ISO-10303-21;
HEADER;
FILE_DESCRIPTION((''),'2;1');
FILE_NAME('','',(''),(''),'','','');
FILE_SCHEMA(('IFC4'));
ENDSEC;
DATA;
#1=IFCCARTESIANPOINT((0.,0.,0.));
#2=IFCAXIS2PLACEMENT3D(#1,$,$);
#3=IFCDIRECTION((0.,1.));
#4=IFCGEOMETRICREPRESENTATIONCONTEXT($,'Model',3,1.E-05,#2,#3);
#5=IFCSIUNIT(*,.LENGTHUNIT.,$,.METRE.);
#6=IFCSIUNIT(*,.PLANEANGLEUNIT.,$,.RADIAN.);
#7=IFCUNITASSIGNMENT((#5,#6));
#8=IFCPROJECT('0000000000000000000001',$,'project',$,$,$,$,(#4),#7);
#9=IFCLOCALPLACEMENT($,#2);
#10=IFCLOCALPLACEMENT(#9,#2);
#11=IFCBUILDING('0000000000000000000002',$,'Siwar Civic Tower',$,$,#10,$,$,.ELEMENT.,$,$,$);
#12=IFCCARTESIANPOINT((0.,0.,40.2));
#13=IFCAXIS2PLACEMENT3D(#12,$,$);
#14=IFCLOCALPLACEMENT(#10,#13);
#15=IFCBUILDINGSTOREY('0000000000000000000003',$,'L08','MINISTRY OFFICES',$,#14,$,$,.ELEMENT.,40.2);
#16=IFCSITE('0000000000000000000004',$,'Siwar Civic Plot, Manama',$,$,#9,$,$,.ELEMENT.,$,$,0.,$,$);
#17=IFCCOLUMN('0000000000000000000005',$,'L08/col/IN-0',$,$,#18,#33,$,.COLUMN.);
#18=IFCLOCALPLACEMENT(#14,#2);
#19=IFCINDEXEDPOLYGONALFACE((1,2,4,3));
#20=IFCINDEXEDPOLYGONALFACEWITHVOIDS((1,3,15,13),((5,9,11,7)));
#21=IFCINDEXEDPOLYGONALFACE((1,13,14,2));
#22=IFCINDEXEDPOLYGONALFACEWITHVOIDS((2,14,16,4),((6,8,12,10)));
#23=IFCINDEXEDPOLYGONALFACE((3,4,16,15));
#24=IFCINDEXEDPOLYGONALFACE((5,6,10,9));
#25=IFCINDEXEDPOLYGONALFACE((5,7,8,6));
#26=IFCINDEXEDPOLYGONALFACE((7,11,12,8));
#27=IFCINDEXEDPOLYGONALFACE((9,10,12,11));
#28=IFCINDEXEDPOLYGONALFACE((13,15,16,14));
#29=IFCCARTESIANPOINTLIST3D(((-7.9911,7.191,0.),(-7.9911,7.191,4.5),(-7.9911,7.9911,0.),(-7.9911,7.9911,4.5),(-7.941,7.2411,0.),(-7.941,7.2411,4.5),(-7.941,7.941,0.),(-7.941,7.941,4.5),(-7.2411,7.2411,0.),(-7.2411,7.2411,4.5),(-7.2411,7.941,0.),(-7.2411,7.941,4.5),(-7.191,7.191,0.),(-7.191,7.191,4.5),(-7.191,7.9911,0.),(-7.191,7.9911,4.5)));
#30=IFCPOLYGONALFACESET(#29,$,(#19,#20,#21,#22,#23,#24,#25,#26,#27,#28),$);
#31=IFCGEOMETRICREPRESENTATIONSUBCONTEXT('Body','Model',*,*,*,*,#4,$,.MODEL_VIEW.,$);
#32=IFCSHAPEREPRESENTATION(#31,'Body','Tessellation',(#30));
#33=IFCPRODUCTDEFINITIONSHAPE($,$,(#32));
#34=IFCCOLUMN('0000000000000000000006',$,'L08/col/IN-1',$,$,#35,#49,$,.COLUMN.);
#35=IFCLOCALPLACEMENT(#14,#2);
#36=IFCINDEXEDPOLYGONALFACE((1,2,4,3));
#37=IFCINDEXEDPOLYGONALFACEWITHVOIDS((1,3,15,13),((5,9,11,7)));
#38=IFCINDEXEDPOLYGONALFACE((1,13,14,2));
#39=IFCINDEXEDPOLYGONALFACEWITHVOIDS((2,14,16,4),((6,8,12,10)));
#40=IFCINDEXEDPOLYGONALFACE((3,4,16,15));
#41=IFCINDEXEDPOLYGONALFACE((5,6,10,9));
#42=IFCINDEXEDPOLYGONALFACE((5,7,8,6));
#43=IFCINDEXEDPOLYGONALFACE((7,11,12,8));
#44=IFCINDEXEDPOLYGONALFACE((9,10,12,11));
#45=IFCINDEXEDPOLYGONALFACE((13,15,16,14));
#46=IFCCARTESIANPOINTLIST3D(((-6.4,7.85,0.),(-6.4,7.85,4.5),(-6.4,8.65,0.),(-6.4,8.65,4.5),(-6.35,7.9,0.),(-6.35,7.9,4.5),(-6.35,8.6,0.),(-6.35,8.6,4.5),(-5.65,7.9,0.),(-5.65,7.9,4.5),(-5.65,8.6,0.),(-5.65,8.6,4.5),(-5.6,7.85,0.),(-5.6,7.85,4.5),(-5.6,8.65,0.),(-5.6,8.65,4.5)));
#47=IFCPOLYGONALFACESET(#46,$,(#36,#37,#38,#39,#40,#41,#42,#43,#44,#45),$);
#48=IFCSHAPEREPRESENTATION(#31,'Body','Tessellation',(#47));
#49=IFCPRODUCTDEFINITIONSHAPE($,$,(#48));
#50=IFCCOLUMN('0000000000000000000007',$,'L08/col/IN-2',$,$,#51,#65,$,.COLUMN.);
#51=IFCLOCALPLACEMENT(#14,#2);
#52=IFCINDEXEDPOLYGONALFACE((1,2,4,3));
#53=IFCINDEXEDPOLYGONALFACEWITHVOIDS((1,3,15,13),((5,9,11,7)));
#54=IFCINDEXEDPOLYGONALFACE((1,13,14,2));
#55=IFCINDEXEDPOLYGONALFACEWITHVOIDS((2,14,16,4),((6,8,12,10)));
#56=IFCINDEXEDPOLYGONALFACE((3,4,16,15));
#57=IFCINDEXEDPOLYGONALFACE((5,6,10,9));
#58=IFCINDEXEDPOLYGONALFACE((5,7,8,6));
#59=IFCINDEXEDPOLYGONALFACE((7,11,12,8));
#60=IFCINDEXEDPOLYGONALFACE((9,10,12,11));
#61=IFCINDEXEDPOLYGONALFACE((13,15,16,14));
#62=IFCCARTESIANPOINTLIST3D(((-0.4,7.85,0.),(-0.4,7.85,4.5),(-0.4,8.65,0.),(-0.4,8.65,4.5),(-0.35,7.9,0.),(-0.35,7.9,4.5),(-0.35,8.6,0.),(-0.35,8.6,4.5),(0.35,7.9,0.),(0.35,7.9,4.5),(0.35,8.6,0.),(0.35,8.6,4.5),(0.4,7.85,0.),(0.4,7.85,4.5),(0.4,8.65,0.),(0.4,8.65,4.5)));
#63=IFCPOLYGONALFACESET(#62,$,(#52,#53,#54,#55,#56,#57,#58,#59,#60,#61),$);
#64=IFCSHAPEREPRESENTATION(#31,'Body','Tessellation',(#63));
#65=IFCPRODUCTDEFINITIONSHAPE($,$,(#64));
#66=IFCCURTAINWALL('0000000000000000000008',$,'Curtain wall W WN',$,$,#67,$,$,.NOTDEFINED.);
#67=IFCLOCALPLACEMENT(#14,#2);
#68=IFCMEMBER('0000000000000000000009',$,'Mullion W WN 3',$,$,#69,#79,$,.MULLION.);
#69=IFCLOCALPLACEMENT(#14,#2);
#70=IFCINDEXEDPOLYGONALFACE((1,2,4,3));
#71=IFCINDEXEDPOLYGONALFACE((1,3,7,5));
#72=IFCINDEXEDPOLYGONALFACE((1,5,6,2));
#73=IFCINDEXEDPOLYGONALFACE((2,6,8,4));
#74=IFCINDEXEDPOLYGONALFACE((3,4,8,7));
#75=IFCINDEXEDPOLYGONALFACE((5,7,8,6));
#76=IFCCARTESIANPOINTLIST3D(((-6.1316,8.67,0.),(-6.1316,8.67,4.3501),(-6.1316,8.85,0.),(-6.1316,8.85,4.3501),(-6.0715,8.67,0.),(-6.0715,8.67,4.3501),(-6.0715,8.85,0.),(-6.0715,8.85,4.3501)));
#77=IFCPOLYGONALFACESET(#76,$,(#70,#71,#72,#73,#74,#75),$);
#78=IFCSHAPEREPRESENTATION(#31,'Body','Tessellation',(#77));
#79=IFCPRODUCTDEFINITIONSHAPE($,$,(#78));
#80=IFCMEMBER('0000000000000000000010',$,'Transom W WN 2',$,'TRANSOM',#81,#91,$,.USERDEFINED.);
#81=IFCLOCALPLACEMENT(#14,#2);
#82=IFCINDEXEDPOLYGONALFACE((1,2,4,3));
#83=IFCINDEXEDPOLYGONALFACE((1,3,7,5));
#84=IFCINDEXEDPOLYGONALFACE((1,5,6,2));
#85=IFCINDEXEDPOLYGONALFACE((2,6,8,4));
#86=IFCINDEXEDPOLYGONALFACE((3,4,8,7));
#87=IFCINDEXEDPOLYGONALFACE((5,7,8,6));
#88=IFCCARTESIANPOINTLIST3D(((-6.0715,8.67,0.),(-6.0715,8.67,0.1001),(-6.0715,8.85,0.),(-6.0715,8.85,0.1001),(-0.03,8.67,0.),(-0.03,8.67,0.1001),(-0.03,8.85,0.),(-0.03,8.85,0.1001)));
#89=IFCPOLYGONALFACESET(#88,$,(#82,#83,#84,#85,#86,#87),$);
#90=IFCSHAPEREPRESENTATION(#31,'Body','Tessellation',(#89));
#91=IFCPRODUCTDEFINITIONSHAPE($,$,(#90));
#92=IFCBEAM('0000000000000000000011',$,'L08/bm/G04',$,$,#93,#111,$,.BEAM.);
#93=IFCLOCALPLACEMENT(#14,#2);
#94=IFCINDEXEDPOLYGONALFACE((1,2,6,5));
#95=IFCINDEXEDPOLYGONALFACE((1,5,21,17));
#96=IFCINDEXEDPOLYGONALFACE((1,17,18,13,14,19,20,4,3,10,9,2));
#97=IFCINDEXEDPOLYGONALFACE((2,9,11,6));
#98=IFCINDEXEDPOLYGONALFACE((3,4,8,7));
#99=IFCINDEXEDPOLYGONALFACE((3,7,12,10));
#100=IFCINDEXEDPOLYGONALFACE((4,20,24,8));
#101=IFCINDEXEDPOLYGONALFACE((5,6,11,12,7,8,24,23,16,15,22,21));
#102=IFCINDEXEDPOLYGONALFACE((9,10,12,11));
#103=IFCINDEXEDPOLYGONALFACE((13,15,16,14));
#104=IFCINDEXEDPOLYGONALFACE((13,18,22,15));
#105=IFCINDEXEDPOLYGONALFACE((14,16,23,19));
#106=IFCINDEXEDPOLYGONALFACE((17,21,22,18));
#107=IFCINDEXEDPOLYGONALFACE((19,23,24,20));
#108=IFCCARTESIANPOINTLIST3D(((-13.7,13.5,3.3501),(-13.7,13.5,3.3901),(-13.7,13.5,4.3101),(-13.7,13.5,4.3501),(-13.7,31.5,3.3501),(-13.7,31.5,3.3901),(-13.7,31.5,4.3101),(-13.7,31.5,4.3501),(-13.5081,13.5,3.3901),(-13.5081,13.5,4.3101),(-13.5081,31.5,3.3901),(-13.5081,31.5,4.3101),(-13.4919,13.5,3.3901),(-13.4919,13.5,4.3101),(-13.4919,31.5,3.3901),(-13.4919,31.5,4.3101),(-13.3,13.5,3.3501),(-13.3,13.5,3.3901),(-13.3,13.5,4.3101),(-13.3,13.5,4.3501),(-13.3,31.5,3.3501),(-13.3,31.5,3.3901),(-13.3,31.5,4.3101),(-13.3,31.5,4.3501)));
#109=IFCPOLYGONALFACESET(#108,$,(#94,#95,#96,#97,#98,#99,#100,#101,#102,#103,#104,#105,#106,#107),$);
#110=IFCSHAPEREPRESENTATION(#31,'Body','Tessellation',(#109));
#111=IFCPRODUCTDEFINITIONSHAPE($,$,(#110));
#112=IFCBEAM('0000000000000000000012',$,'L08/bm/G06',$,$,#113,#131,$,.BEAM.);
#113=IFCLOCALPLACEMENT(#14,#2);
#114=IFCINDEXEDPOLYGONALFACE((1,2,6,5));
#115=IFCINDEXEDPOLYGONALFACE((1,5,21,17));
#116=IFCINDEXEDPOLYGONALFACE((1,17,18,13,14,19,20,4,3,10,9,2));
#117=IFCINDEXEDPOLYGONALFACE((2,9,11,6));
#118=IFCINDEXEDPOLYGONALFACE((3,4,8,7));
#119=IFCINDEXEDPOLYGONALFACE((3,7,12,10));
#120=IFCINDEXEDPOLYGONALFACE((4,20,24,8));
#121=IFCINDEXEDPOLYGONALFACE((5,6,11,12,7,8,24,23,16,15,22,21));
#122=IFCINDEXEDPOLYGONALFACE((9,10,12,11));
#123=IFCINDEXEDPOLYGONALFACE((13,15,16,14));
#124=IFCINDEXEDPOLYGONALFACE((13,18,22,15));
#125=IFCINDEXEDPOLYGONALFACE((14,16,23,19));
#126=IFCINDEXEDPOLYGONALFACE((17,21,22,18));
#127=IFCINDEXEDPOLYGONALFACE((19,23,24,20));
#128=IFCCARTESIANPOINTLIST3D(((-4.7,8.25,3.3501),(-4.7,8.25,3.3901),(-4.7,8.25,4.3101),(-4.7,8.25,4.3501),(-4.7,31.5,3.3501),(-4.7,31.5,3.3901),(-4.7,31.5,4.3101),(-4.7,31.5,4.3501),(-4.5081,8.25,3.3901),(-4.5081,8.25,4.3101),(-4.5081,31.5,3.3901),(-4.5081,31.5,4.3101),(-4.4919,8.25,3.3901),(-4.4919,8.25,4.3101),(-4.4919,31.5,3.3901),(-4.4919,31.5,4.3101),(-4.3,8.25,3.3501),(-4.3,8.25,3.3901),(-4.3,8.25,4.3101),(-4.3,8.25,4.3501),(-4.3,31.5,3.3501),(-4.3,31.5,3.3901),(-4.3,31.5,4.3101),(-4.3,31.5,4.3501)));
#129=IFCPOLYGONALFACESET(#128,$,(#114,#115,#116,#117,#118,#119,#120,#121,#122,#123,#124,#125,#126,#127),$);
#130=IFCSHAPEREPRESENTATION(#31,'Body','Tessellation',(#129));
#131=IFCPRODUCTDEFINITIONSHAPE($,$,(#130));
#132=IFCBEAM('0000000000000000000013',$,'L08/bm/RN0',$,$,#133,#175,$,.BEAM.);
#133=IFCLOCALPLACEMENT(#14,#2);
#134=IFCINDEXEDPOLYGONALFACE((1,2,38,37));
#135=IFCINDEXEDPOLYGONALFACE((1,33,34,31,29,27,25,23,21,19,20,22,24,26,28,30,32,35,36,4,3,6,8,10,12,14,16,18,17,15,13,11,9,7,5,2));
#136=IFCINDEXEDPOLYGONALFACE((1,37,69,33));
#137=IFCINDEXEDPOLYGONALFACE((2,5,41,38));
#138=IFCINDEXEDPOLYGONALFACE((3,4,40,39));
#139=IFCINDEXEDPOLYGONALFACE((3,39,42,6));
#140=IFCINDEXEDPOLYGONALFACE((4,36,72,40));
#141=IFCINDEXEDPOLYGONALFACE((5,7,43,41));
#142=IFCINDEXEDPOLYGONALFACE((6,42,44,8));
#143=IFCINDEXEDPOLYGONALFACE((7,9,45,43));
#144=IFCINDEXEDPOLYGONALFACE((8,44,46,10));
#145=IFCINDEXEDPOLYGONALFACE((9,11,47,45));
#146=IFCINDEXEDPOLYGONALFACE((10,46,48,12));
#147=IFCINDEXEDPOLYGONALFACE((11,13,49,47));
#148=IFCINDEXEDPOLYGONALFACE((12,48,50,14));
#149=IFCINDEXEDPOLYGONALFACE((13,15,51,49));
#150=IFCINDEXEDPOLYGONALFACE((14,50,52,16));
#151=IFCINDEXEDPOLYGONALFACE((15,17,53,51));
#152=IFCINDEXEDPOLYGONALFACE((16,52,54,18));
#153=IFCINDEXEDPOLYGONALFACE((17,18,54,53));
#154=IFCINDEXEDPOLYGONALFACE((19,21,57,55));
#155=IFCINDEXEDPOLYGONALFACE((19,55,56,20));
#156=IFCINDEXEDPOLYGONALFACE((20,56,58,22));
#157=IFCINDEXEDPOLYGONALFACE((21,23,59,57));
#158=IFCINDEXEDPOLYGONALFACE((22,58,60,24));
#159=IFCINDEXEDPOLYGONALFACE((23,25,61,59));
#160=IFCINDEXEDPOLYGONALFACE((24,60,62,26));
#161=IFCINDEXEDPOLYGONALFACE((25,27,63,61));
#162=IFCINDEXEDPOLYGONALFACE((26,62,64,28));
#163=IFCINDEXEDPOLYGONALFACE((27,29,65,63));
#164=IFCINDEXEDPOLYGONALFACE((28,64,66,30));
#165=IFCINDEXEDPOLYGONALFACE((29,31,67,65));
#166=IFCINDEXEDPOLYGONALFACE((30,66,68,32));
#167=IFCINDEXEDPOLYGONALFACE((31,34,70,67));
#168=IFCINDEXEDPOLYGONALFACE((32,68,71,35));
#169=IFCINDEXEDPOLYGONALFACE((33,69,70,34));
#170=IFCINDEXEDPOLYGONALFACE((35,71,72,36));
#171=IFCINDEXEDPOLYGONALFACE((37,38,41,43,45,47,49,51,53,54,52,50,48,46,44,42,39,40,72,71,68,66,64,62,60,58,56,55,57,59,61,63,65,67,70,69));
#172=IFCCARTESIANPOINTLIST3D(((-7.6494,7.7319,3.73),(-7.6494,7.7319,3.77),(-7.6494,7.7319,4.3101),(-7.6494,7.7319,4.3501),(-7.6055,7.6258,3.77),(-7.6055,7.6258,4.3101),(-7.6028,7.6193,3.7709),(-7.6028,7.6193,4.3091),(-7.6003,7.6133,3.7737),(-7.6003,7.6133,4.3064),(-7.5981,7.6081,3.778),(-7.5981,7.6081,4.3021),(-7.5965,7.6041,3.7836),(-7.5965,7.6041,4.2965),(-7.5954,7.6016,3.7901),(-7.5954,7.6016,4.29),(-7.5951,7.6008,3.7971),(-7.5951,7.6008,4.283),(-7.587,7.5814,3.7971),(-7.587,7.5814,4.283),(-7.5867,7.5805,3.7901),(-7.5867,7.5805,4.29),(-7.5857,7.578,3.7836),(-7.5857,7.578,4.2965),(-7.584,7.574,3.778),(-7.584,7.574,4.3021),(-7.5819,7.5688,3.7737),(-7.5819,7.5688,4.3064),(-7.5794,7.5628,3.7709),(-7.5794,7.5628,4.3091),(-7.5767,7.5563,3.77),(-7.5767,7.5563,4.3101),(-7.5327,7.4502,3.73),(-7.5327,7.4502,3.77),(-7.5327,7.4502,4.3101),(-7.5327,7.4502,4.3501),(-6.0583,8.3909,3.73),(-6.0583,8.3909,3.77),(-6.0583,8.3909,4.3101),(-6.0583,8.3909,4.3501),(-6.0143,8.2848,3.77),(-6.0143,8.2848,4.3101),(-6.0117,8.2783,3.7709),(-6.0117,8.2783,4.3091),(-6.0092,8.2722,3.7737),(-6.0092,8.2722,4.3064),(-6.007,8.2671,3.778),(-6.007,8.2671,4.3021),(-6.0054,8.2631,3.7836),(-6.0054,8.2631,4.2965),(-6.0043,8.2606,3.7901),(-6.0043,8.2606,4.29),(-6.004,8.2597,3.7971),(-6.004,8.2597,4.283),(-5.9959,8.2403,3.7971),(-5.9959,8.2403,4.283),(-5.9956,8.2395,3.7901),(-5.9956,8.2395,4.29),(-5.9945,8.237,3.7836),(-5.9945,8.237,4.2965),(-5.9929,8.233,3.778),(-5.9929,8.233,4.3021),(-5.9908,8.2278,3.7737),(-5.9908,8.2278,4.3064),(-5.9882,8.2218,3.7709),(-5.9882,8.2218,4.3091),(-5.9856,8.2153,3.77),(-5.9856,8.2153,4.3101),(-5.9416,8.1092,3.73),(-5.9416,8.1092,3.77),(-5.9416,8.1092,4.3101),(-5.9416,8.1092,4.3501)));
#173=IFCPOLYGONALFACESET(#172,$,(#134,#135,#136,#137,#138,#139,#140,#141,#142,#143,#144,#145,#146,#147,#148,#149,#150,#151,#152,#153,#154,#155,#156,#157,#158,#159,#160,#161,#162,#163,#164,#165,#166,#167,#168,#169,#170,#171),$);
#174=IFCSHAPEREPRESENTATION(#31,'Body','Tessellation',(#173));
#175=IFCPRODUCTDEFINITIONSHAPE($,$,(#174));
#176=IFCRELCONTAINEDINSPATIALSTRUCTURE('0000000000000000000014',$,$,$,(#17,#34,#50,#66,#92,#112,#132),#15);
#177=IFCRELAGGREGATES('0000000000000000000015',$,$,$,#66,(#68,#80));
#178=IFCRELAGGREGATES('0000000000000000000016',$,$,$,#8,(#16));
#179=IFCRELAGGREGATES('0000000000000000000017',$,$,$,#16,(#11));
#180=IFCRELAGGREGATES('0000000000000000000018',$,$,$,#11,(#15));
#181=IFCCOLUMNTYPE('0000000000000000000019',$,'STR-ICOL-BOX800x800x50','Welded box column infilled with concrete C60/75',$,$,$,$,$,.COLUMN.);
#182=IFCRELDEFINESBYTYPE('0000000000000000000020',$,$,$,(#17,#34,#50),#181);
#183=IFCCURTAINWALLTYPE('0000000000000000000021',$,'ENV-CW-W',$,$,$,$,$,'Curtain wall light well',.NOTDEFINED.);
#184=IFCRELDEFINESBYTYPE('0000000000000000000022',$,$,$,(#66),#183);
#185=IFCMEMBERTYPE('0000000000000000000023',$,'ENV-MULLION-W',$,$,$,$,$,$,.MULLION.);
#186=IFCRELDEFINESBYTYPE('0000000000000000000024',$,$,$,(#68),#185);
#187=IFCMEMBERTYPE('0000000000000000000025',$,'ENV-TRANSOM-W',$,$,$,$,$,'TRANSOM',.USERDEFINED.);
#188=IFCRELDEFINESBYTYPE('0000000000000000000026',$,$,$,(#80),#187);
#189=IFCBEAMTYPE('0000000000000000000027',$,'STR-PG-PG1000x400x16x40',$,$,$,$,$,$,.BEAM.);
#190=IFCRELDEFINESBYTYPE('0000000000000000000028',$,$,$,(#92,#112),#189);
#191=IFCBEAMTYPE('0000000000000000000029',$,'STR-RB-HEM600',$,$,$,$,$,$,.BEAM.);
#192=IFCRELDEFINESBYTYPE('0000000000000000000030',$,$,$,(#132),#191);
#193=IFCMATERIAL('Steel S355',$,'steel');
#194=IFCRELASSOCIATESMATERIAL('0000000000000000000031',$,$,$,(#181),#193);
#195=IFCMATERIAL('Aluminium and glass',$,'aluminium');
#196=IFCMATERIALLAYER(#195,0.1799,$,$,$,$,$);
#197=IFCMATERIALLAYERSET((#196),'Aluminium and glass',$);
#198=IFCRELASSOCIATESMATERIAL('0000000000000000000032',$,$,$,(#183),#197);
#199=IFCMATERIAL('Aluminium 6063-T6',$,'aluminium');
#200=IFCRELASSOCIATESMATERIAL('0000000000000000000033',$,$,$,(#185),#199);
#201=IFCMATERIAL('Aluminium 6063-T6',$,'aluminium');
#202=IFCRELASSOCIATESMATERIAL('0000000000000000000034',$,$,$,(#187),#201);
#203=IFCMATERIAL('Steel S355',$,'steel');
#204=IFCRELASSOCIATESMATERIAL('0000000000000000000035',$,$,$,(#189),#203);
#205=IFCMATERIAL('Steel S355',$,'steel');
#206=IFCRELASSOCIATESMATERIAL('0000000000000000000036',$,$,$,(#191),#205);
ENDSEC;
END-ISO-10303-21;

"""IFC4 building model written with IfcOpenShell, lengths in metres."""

from ifc_helpers import new_model, si_unit, direction, frame, origin, origin_2d, place, context, subcontext, project, spatial, rectangle, hollow_rectangle, i_section, extrude, material, layer, layer_set, material_profile, profile_set, type_object, element, aggregate, save


model = new_model("IFC4")

# Units and contexts
model_context = context("Model", 3, precision=1e-05, world=origin(), true_north=direction((0.0, 1.0)))
body_context = subcontext(model_context, "Body", "Model", "MODEL_VIEW")
ifc_project = project(units=[si_unit("LENGTHUNIT", "METRE"), si_unit("PLANEANGLEUNIT", "RADIAN")], contexts=[model_context])

# Site, building, storey
site_placement = place(None, origin())
site = spatial("IfcSite", under=ifc_project, at=site_placement, Name="Siwar Civic Plot, Manama", CompositionType="ELEMENT", RefElevation=0.0)
building_placement = place(site_placement, origin())
building = spatial("IfcBuilding", under=site, at=building_placement, Name="Siwar Civic Tower", CompositionType="ELEMENT")
storey_placement = place(building_placement, frame((0.0, 0.0, 40.2)))
storey = spatial("IfcBuildingStorey", under=building, at=storey_placement, Name="L08", Description="MINISTRY OFFICES", CompositionType="ELEMENT", Elevation=40.2)

# Columns
ifc_material_1 = material(Name="Steel S355", Category="steel")
ifc_material_profile_1 = material_profile(ifc_material_1, hollow_rectangle(XDim=0.8, YDim=0.8, WallThickness=0.05, at=origin_2d()), Name="BOX800x800x50")
ifc_profile_set_1 = profile_set([ifc_material_profile_1], Name="Steel S355")
column_type = type_object("IfcColumnType", Name="STR-ICOL-BOX800x800x50", Description="Welded box column infilled with concrete C60/75", PredefinedType="COLUMN", material=ifc_profile_set_1)
for number, where, z_axis, x_axis, name in (
    (1, (-7.5911, 7.5911, 0.0), (0.0, 0.0, 1.0), (1.0, 0.0, 0.0), "L08/col/IN-0"),
    (2, (-6.0, 8.25, 0.0), (0.0, 0.0, 1.0), (1.0, 0.0, 0.0), "L08/col/IN-1"),
    (3, (0.0, 8.25, 0.0), (0.0, 0.0, 1.0), (1.0, 0.0, 0.0), "L08/col/IN-2"),
):
    element("IfcColumn", number, at=place(storey_placement, frame(where, z_axis=z_axis, x_axis=x_axis)), inside=storey, type_object=column_type, Name=name, PredefinedType="COLUMN", context=body_context, shape_type="SweptSolid", body=[
        extrude(hollow_rectangle(XDim=0.8, YDim=0.8, WallThickness=0.05, at=origin_2d()), origin(), (0.0, 0.0, 1.0), 4.5),
    ])

# Curtain wall, members
ifc_material_2 = material(Name="Aluminium and glass", Category="aluminium")
ifc_layer_1 = layer(ifc_material_2, 0.1799)
ifc_layer_set_1 = layer_set([ifc_layer_1], Name="Aluminium and glass")
curtain_wall_type = type_object("IfcCurtainWallType", Name="ENV-CW-W", ElementType="Curtain wall light well", PredefinedType="NOTDEFINED", material=ifc_layer_set_1)
curtain_wall_placement = place(storey_placement, origin())
curtain_wall = element("IfcCurtainWall", 4, at=curtain_wall_placement, inside=storey, type_object=curtain_wall_type, Name="Curtain wall W WN", PredefinedType="NOTDEFINED")
ifc_material_3 = material(Name="Aluminium 6063-T6", Category="aluminium")
ifc_material_profile_2 = material_profile(ifc_material_3, rectangle(XDim=0.1799, YDim=0.0601, at=origin_2d()), Name="AL 180x60")
ifc_profile_set_2 = profile_set([ifc_material_profile_2], Name="Aluminium 6063-T6")
member_type_1 = type_object("IfcMemberType", Name="ENV-MULLION-W", PredefinedType="MULLION", material=ifc_profile_set_2)
member_1_placement = place(storey_placement, frame((-6.1016, 8.76, 0.0), z_axis=(0.0, 0.0, 1.0), x_axis=(0.0, -1.0, 0.0)))
member_1 = element("IfcMember", 5, at=member_1_placement, type_object=member_type_1, Name="Mullion W WN 3", PredefinedType="MULLION", context=body_context, shape_type="SweptSolid", body=[
    extrude(rectangle(XDim=0.1799, YDim=0.0601, at=origin_2d()), origin(), (0.0, 0.0, 1.0), 4.3501),
])
ifc_material_4 = material(Name="Aluminium 6063-T6", Category="aluminium")
ifc_material_profile_3 = material_profile(ifc_material_4, rectangle(XDim=0.1799, YDim=0.1001, at=origin_2d()), Name="AL 180x100")
ifc_profile_set_3 = profile_set([ifc_material_profile_3], Name="Aluminium 6063-T6")
member_type_2 = type_object("IfcMemberType", Name="ENV-TRANSOM-W", ElementType="TRANSOM", PredefinedType="USERDEFINED", material=ifc_profile_set_3)
member_2_placement = place(storey_placement, frame((-0.03, 8.76, 0.05), z_axis=(-1.0, 0.0, 0.0), x_axis=(0.0, -1.0, 0.0)))
member_2 = element("IfcMember", 6, at=member_2_placement, type_object=member_type_2, Name="Transom W WN 2", ObjectType="TRANSOM", PredefinedType="USERDEFINED", context=body_context, shape_type="SweptSolid", body=[
    extrude(rectangle(XDim=0.1799, YDim=0.1001, at=origin_2d()), origin(), (0.0, 0.0, 1.0), 6.0415),
])

# Beams
ifc_material_5 = material(Name="Steel S355", Category="steel")
ifc_material_profile_4 = material_profile(ifc_material_5, i_section(OverallWidth=0.3999, OverallDepth=1.0, WebThickness=0.0161, FlangeThickness=0.04, at=origin_2d()), Name="PG1000x400x16x40")
ifc_profile_set_4 = profile_set([ifc_material_profile_4], Name="Steel S355")
beam_type_1 = type_object("IfcBeamType", Name="STR-PG-PG1000x400x16x40", PredefinedType="BEAM", material=ifc_profile_set_4)
beam_1_placement = place(storey_placement, frame((-13.5, 13.5, 3.8501), z_axis=(0.0, 1.0, 0.0), x_axis=(-1.0, 0.0, 0.0)))
element("IfcBeam", 7, at=beam_1_placement, inside=storey, type_object=beam_type_1, Name="L08/bm/G04", PredefinedType="BEAM", context=body_context, shape_type="SweptSolid", body=[
    extrude(i_section(OverallWidth=0.3999, OverallDepth=1.0, WebThickness=0.0161, FlangeThickness=0.04, at=origin_2d()), origin(), (0.0, 0.0, 1.0), 18.0),
])
beam_2_placement = place(storey_placement, frame((-4.5, 8.25, 3.8501), z_axis=(0.0, 1.0, 0.0), x_axis=(-1.0, 0.0, 0.0)))
element("IfcBeam", 8, at=beam_2_placement, inside=storey, type_object=beam_type_1, Name="L08/bm/G06", PredefinedType="BEAM", context=body_context, shape_type="SweptSolid", body=[
    extrude(i_section(OverallWidth=0.3999, OverallDepth=1.0, WebThickness=0.0161, FlangeThickness=0.04, at=origin_2d()), origin(), (0.0, 0.0, 1.0), 23.25),
])
ifc_material_6 = material(Name="Steel S355", Category="steel")
ifc_material_profile_5 = material_profile(ifc_material_6, i_section(OverallWidth=0.3049, OverallDepth=0.6201, WebThickness=0.021, FlangeThickness=0.04, FilletRadius=0.0271, at=origin_2d()), Name="HEM600")
ifc_profile_set_5 = profile_set([ifc_material_profile_5], Name="Steel S355")
beam_type_2 = type_object("IfcBeamType", Name="STR-RB-HEM600", PredefinedType="BEAM", material=ifc_profile_set_5)
beam_3_placement = place(storey_placement, frame((-7.5911, 7.5911, 4.04), z_axis=(0.923901, 0.382631, 0.0), x_axis=(-0.382631, 0.923901, 0.0)))
element("IfcBeam", 9, at=beam_3_placement, inside=storey, type_object=beam_type_2, Name="L08/bm/RN0", PredefinedType="BEAM", context=body_context, shape_type="SweptSolid", body=[
    extrude(i_section(OverallWidth=0.3049, OverallDepth=0.6201, WebThickness=0.021, FlangeThickness=0.04, FilletRadius=0.0271, at=origin_2d()), origin(), (0.0, 0.0, 1.0), 1.7222),
])

aggregate(curtain_wall, [member_1, member_2])

save(model, "model.ifc")
